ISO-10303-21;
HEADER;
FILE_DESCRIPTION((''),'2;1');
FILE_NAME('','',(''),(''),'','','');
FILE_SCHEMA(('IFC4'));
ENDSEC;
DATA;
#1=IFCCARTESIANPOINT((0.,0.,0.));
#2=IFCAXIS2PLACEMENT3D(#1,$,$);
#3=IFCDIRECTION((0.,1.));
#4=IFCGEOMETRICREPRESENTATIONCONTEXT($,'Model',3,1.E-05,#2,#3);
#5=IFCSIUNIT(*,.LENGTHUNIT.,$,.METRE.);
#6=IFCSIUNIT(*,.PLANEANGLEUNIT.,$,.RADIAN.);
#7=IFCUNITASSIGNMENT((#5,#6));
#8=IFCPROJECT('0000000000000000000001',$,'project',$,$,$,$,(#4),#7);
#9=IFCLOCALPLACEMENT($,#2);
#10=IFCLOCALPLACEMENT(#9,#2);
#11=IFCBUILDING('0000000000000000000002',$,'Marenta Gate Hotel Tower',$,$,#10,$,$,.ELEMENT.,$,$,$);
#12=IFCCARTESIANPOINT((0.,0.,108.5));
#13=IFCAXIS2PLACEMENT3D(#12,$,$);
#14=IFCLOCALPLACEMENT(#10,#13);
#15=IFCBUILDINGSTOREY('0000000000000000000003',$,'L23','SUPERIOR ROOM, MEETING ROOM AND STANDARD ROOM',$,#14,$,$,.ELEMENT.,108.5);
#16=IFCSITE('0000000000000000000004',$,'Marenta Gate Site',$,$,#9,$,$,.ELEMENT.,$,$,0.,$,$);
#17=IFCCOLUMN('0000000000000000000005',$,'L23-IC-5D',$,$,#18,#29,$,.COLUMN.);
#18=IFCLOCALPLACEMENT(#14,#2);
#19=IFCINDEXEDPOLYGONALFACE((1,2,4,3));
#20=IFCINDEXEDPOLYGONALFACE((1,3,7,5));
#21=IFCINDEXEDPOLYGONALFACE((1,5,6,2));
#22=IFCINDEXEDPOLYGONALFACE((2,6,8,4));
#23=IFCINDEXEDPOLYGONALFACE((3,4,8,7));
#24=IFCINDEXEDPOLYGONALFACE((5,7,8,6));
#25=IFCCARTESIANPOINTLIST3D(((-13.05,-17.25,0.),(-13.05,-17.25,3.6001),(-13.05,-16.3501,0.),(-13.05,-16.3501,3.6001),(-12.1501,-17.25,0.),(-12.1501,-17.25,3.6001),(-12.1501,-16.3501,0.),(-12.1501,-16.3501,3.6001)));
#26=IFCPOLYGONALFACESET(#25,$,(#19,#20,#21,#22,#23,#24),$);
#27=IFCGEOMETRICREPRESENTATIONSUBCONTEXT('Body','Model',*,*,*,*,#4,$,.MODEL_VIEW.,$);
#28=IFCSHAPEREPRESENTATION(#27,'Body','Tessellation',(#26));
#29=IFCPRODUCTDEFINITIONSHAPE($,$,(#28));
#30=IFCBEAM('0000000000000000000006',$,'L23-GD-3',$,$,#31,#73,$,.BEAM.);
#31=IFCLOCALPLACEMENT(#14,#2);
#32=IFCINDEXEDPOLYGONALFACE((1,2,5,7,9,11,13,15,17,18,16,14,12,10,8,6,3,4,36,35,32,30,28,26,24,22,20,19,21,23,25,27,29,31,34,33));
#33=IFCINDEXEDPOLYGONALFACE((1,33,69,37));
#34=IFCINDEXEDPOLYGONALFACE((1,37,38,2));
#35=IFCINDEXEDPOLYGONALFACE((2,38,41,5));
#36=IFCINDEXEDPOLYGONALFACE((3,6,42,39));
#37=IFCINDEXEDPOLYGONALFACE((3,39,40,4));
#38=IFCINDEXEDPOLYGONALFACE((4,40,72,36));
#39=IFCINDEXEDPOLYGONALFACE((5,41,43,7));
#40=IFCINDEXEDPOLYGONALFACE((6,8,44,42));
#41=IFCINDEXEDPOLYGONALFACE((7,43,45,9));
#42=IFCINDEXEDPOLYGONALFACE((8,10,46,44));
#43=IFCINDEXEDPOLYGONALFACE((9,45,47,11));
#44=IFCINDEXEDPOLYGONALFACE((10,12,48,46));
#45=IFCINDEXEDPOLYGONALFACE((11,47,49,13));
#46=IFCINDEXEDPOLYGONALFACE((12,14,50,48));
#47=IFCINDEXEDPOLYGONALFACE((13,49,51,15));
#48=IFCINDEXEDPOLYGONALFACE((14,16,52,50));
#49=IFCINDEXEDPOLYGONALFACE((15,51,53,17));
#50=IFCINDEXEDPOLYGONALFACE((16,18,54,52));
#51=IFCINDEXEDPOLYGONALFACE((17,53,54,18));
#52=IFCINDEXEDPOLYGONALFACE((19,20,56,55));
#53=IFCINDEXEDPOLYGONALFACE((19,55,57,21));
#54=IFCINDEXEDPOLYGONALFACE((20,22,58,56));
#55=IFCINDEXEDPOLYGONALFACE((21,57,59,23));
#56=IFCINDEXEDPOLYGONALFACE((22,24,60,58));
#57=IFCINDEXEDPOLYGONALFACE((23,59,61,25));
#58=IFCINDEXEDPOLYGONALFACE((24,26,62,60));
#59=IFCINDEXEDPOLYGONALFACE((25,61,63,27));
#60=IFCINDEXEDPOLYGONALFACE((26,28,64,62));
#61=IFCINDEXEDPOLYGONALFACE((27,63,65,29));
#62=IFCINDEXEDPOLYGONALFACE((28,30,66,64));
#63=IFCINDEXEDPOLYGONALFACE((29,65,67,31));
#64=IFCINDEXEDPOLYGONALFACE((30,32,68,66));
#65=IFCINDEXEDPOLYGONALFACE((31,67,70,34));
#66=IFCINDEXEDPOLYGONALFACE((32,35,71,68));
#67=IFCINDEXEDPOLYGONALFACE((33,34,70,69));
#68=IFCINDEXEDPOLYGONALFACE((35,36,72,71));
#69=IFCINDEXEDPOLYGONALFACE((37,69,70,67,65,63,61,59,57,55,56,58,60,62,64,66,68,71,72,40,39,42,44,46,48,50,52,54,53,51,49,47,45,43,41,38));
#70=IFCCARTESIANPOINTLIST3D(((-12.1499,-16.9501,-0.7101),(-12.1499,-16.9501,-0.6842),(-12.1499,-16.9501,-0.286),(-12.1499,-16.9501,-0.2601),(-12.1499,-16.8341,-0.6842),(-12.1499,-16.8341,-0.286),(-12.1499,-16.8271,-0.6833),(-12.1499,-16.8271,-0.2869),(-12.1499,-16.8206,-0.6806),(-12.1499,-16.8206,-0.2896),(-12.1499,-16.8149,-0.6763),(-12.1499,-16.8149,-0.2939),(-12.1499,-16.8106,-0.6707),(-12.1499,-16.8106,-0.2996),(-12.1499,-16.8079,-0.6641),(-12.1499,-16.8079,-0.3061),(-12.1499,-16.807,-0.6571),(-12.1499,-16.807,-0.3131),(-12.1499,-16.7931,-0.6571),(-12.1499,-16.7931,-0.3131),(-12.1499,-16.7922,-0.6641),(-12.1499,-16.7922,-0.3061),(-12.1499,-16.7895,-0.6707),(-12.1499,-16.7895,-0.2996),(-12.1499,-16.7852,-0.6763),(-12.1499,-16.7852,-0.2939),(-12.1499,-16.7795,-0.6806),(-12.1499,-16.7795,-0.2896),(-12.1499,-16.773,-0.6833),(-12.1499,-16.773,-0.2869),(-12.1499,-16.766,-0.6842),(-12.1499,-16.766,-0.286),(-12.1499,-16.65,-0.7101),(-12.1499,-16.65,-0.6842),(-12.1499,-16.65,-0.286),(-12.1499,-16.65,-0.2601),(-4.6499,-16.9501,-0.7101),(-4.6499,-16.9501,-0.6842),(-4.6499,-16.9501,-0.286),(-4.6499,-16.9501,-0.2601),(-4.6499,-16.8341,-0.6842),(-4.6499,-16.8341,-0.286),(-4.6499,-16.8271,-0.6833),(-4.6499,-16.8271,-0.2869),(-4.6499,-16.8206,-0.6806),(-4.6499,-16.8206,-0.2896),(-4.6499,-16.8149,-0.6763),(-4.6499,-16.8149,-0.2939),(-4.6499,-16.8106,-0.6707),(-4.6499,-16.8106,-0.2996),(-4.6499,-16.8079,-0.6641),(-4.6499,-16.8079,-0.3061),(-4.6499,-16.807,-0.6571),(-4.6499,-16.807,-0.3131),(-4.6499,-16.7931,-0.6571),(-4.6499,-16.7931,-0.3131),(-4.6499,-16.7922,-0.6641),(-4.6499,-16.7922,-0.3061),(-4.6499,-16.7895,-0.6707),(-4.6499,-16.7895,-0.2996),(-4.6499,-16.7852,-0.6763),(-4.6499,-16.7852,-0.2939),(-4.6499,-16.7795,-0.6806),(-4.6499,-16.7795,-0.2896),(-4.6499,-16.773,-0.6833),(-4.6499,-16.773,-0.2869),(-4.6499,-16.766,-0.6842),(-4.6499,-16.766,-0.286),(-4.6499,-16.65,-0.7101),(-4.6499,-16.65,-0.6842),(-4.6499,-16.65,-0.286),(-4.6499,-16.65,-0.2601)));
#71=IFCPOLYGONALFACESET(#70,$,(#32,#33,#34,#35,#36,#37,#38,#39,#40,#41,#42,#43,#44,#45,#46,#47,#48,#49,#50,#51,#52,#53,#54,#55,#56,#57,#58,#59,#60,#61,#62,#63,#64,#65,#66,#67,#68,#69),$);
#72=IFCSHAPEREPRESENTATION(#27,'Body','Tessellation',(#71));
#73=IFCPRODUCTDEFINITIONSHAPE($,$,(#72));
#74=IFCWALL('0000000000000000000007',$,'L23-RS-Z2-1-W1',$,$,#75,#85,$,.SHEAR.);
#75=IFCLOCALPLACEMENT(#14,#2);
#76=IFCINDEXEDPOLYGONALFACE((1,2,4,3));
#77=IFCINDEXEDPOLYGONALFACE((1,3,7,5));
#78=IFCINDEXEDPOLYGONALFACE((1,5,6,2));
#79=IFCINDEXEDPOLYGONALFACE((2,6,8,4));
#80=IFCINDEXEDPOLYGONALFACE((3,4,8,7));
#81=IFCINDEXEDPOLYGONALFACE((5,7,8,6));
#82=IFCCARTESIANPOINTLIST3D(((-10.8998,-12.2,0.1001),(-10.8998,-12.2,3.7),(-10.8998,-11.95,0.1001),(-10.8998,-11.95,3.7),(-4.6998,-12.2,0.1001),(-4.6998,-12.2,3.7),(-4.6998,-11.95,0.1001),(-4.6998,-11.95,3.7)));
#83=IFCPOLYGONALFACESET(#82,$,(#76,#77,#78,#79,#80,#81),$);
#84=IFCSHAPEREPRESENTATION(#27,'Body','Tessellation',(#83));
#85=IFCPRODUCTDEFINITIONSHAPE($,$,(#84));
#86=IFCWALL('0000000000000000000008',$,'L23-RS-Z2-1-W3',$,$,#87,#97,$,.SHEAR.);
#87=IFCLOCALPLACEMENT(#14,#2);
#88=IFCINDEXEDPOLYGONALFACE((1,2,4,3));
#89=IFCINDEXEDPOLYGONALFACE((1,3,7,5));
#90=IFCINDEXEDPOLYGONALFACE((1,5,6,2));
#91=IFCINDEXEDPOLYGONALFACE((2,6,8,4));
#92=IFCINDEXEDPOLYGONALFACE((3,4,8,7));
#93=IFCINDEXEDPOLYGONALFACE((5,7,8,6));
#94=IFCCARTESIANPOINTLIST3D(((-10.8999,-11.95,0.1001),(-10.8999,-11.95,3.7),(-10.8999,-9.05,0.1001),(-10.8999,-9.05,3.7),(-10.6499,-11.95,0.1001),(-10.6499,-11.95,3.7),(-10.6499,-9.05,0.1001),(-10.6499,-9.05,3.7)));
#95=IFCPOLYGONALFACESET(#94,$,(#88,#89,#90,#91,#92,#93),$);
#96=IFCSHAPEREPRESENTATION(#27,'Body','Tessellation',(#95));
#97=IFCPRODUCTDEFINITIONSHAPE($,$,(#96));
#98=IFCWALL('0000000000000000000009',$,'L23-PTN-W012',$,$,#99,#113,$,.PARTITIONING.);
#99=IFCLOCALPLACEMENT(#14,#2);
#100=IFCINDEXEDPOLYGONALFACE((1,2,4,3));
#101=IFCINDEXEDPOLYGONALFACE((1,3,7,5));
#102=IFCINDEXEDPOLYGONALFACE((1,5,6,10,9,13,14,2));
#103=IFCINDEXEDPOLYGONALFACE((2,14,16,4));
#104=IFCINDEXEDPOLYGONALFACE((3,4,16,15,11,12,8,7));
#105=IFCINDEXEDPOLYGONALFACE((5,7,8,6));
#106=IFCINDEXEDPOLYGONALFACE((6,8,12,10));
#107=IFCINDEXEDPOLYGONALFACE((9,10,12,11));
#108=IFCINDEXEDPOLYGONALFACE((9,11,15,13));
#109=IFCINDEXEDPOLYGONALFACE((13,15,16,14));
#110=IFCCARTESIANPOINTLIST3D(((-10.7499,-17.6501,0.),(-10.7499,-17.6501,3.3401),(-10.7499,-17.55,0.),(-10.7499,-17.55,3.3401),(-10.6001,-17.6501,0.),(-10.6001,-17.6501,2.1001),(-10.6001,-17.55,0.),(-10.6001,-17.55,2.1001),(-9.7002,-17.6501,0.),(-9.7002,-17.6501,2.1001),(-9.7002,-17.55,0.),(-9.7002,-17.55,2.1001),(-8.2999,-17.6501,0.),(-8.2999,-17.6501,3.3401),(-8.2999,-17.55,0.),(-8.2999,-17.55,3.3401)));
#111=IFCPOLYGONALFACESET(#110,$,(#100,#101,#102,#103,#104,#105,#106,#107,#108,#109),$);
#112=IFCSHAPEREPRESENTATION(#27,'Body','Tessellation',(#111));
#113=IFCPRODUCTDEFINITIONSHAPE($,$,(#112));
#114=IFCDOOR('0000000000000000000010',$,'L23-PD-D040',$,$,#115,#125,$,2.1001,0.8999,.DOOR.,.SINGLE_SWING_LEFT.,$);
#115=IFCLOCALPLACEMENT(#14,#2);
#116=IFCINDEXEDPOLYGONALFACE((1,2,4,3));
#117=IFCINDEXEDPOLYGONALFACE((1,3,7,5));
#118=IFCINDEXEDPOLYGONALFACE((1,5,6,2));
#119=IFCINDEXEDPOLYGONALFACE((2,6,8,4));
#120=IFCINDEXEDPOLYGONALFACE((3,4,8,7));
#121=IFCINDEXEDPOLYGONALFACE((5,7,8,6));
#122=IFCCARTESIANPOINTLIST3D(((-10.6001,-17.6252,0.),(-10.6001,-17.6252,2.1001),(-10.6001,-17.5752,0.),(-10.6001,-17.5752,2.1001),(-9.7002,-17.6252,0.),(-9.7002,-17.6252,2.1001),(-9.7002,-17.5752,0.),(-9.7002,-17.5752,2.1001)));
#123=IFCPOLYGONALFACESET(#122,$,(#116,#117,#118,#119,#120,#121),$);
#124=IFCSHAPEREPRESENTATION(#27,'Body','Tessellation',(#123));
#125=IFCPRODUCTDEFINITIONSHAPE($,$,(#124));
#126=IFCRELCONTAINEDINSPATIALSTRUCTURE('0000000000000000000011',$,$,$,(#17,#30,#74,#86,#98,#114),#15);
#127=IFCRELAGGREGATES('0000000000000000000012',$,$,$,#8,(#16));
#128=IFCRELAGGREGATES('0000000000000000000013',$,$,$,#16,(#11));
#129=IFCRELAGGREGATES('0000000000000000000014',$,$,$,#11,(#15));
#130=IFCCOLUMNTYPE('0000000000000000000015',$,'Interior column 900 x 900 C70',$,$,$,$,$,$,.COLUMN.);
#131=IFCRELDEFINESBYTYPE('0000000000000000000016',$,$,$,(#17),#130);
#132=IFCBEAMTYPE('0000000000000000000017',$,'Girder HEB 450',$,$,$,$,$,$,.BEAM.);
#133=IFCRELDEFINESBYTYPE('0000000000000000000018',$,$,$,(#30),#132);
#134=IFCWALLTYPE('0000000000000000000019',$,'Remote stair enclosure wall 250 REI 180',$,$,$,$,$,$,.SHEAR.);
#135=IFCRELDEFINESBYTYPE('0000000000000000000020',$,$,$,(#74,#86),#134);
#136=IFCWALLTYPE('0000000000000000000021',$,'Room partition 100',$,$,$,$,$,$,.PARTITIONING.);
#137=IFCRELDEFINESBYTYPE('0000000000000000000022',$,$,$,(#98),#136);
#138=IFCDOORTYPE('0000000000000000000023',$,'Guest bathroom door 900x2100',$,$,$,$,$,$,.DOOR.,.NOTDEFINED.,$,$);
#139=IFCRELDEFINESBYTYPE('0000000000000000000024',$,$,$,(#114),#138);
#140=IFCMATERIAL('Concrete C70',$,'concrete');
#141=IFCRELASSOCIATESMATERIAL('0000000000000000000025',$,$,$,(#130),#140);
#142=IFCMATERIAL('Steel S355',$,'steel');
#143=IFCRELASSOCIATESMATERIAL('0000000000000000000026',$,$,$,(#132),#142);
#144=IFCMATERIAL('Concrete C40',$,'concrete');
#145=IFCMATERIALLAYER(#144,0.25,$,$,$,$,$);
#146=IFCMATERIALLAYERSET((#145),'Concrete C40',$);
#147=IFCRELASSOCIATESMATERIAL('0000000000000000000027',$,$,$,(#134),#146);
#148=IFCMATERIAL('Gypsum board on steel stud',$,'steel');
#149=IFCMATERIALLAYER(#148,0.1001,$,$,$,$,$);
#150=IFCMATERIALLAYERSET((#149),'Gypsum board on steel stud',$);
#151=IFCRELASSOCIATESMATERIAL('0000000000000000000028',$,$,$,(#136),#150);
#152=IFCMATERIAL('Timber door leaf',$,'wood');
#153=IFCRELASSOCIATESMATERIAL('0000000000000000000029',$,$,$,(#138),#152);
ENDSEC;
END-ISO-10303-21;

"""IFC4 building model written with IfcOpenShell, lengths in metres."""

from ifc_helpers import new_model, si_unit, direction, frame, frame_2d, origin, origin_2d, place, context, subcontext, project, spatial, rectangle, i_section, extrude, material, layer, layer_set, material_profile, profile_set, type_object, element, fill, save


model = new_model("IFC4")

# Units and contexts
model_context = context("Model", 3, precision=1e-05, world=origin(), true_north=direction((0.0, 1.0)))
body_context = subcontext(model_context, "Body", "Model", "MODEL_VIEW")
ifc_project = project(units=[si_unit("LENGTHUNIT", "METRE"), si_unit("PLANEANGLEUNIT", "RADIAN")], contexts=[model_context])

# Site, building, storey
site_placement = place(None, origin())
site = spatial("IfcSite", under=ifc_project, at=site_placement, Name="Marenta Gate Site", CompositionType="ELEMENT", RefElevation=0.0)
building_placement = place(site_placement, origin())
building = spatial("IfcBuilding", under=site, at=building_placement, Name="Marenta Gate Hotel Tower", CompositionType="ELEMENT")
storey_placement = place(building_placement, frame((0.0, 0.0, 108.5)))
storey = spatial("IfcBuildingStorey", under=building, at=storey_placement, Name="L23", Description="SUPERIOR ROOM, MEETING ROOM AND STANDARD ROOM", CompositionType="ELEMENT", Elevation=108.5)

# Column
ifc_material_1 = material(Name="Concrete C70", Category="concrete")
ifc_material_profile_1 = material_profile(ifc_material_1, rectangle(XDim=0.8999, YDim=0.8999, at=origin_2d()), Name="900 x 900")
ifc_profile_set_1 = profile_set([ifc_material_profile_1], Name="Concrete C70")
column_type = type_object("IfcColumnType", Name="Interior column 900 x 900 C70", PredefinedType="COLUMN", material=ifc_profile_set_1)
column_placement = place(storey_placement, frame((-12.6001, -16.8, 0.0), z_axis=(0.0, 0.0, 1.0), x_axis=(1.0, 0.0, 0.0)))
element("IfcColumn", 1, at=column_placement, inside=storey, type_object=column_type, Name="L23-IC-5D", PredefinedType="COLUMN", context=body_context, shape_type="SweptSolid", body=[
    extrude(rectangle(XDim=0.8999, YDim=0.8999, at=origin_2d()), origin(), (0.0, 0.0, 1.0), 3.6001),
])

# Beam
ifc_material_2 = material(Name="Steel S355", Category="steel")
ifc_material_profile_2 = material_profile(ifc_material_2, i_section(OverallWidth=0.3, OverallDepth=0.45, WebThickness=0.0139, FlangeThickness=0.0259, FilletRadius=0.0271, at=origin_2d()), Name="HEB 450")
ifc_profile_set_2 = profile_set([ifc_material_profile_2], Name="Steel S355")
beam_type = type_object("IfcBeamType", Name="Girder HEB 450", PredefinedType="BEAM", material=ifc_profile_set_2)
beam_placement = place(storey_placement, frame((-12.1499, -16.8, -0.4851), z_axis=(1.0, 0.0, 0.0), x_axis=(0.0, 1.0, 0.0)))
element("IfcBeam", 2, at=beam_placement, inside=storey, type_object=beam_type, Name="L23-GD-3", PredefinedType="BEAM", context=body_context, shape_type="SweptSolid", body=[
    extrude(i_section(OverallWidth=0.3, OverallDepth=0.45, WebThickness=0.0139, FlangeThickness=0.0259, FilletRadius=0.0271, at=origin_2d()), origin(), (0.0, 0.0, 1.0), 7.5),
])

# Walls
ifc_material_3 = material(Name="Concrete C40", Category="concrete")
ifc_layer_1 = layer(ifc_material_3, 0.25)
ifc_layer_set_1 = layer_set([ifc_layer_1], Name="Concrete C40")
wall_type_1 = type_object("IfcWallType", Name="Remote stair enclosure wall 250 REI 180", PredefinedType="SHEAR", material=ifc_layer_set_1)
wall_1_placement = place(storey_placement, frame((-10.8999, -12.075, 0.1001), z_axis=(0.0, 0.0, 1.0), x_axis=(1.0, 0.0, 0.0)))
element("IfcWall", 3, at=wall_1_placement, inside=storey, type_object=wall_type_1, Name="L23-RS-Z2-1-W1", PredefinedType="SHEAR", context=body_context, shape_type="SweptSolid", body=[
    extrude(rectangle(XDim=6.2, YDim=0.25, at=frame_2d((3.1001, 0.0))), origin(), (0.0, 0.0, 1.0), 3.5999),
])
wall_2_placement = place(storey_placement, frame((-10.7749, -11.95, 0.1001), z_axis=(0.0, 0.0, 1.0), x_axis=(0.0, 1.0, 0.0)))
element("IfcWall", 4, at=wall_2_placement, inside=storey, type_object=wall_type_1, Name="L23-RS-Z2-1-W3", PredefinedType="SHEAR", context=body_context, shape_type="SweptSolid", body=[
    extrude(rectangle(XDim=2.8999, YDim=0.25, at=frame_2d((1.45, 0.0))), origin(), (0.0, 0.0, 1.0), 3.5999),
])

# Wall, opening, door
ifc_material_4 = material(Name="Gypsum board on steel stud", Category="steel")
ifc_layer_2 = layer(ifc_material_4, 0.1001)
ifc_layer_set_2 = layer_set([ifc_layer_2], Name="Gypsum board on steel stud")
wall_type_2 = type_object("IfcWallType", Name="Room partition 100", PredefinedType="PARTITIONING", material=ifc_layer_set_2)
wall_3_placement = place(storey_placement, frame((-10.75, -17.6001, 0.0), z_axis=(0.0, 0.0, 1.0), x_axis=(1.0, 0.0, 0.0)))
wall_3 = element("IfcWall", 5, at=wall_3_placement, inside=storey, type_object=wall_type_2, Name="L23-PTN-W012", PredefinedType="PARTITIONING", context=body_context, shape_type="SweptSolid", body=[
    extrude(rectangle(XDim=2.45, YDim=0.1001, at=frame_2d((1.2251, 0.0))), origin(), (0.0, 0.0, 1.0), 3.3401),
])
opening_1_placement = place(wall_3_placement, frame((0.1499, 0.0, 0.0)))
opening_1 = element("IfcOpeningElement", 6, at=opening_1_placement, cuts=wall_3, PredefinedType="OPENING", context=body_context, shape_type="SweptSolid", body=[
    extrude(rectangle(XDim=0.8999, YDim=2.1001, at=frame_2d((0.45, 1.05))), frame((0.0, 0.05, 0.0), z_axis=(0.0, -1.0, 0.0), x_axis=(1.0, 0.0, 0.0)), (0.0, 0.0, 1.0), 0.1001),
])
ifc_material_5 = material(Name="Timber door leaf", Category="wood")
door_type_1 = type_object("IfcDoorType", Name="Guest bathroom door 900x2100", OperationType="NOTDEFINED", PredefinedType="DOOR", material=ifc_material_5)
door_1_placement = place(opening_1_placement, origin())
door_1 = element("IfcDoor", 7, at=door_1_placement, inside=storey, type_object=door_type_1, Name="L23-PD-D040", OperationType="SINGLE_SWING_LEFT", OverallHeight=2.1001, OverallWidth=0.8999, PredefinedType="DOOR", context=body_context, shape_type="SweptSolid", body=[
    extrude(rectangle(XDim=0.8999, YDim=2.1001, at=frame_2d((0.45, 1.05))), frame((0.0, 0.0249, 0.0), z_axis=(0.0, -1.0, 0.0), x_axis=(1.0, 0.0, 0.0)), (0.0, 0.0, 1.0), 0.05),
])
fill(opening_1, door_1)

save(model, "model.ifc")
